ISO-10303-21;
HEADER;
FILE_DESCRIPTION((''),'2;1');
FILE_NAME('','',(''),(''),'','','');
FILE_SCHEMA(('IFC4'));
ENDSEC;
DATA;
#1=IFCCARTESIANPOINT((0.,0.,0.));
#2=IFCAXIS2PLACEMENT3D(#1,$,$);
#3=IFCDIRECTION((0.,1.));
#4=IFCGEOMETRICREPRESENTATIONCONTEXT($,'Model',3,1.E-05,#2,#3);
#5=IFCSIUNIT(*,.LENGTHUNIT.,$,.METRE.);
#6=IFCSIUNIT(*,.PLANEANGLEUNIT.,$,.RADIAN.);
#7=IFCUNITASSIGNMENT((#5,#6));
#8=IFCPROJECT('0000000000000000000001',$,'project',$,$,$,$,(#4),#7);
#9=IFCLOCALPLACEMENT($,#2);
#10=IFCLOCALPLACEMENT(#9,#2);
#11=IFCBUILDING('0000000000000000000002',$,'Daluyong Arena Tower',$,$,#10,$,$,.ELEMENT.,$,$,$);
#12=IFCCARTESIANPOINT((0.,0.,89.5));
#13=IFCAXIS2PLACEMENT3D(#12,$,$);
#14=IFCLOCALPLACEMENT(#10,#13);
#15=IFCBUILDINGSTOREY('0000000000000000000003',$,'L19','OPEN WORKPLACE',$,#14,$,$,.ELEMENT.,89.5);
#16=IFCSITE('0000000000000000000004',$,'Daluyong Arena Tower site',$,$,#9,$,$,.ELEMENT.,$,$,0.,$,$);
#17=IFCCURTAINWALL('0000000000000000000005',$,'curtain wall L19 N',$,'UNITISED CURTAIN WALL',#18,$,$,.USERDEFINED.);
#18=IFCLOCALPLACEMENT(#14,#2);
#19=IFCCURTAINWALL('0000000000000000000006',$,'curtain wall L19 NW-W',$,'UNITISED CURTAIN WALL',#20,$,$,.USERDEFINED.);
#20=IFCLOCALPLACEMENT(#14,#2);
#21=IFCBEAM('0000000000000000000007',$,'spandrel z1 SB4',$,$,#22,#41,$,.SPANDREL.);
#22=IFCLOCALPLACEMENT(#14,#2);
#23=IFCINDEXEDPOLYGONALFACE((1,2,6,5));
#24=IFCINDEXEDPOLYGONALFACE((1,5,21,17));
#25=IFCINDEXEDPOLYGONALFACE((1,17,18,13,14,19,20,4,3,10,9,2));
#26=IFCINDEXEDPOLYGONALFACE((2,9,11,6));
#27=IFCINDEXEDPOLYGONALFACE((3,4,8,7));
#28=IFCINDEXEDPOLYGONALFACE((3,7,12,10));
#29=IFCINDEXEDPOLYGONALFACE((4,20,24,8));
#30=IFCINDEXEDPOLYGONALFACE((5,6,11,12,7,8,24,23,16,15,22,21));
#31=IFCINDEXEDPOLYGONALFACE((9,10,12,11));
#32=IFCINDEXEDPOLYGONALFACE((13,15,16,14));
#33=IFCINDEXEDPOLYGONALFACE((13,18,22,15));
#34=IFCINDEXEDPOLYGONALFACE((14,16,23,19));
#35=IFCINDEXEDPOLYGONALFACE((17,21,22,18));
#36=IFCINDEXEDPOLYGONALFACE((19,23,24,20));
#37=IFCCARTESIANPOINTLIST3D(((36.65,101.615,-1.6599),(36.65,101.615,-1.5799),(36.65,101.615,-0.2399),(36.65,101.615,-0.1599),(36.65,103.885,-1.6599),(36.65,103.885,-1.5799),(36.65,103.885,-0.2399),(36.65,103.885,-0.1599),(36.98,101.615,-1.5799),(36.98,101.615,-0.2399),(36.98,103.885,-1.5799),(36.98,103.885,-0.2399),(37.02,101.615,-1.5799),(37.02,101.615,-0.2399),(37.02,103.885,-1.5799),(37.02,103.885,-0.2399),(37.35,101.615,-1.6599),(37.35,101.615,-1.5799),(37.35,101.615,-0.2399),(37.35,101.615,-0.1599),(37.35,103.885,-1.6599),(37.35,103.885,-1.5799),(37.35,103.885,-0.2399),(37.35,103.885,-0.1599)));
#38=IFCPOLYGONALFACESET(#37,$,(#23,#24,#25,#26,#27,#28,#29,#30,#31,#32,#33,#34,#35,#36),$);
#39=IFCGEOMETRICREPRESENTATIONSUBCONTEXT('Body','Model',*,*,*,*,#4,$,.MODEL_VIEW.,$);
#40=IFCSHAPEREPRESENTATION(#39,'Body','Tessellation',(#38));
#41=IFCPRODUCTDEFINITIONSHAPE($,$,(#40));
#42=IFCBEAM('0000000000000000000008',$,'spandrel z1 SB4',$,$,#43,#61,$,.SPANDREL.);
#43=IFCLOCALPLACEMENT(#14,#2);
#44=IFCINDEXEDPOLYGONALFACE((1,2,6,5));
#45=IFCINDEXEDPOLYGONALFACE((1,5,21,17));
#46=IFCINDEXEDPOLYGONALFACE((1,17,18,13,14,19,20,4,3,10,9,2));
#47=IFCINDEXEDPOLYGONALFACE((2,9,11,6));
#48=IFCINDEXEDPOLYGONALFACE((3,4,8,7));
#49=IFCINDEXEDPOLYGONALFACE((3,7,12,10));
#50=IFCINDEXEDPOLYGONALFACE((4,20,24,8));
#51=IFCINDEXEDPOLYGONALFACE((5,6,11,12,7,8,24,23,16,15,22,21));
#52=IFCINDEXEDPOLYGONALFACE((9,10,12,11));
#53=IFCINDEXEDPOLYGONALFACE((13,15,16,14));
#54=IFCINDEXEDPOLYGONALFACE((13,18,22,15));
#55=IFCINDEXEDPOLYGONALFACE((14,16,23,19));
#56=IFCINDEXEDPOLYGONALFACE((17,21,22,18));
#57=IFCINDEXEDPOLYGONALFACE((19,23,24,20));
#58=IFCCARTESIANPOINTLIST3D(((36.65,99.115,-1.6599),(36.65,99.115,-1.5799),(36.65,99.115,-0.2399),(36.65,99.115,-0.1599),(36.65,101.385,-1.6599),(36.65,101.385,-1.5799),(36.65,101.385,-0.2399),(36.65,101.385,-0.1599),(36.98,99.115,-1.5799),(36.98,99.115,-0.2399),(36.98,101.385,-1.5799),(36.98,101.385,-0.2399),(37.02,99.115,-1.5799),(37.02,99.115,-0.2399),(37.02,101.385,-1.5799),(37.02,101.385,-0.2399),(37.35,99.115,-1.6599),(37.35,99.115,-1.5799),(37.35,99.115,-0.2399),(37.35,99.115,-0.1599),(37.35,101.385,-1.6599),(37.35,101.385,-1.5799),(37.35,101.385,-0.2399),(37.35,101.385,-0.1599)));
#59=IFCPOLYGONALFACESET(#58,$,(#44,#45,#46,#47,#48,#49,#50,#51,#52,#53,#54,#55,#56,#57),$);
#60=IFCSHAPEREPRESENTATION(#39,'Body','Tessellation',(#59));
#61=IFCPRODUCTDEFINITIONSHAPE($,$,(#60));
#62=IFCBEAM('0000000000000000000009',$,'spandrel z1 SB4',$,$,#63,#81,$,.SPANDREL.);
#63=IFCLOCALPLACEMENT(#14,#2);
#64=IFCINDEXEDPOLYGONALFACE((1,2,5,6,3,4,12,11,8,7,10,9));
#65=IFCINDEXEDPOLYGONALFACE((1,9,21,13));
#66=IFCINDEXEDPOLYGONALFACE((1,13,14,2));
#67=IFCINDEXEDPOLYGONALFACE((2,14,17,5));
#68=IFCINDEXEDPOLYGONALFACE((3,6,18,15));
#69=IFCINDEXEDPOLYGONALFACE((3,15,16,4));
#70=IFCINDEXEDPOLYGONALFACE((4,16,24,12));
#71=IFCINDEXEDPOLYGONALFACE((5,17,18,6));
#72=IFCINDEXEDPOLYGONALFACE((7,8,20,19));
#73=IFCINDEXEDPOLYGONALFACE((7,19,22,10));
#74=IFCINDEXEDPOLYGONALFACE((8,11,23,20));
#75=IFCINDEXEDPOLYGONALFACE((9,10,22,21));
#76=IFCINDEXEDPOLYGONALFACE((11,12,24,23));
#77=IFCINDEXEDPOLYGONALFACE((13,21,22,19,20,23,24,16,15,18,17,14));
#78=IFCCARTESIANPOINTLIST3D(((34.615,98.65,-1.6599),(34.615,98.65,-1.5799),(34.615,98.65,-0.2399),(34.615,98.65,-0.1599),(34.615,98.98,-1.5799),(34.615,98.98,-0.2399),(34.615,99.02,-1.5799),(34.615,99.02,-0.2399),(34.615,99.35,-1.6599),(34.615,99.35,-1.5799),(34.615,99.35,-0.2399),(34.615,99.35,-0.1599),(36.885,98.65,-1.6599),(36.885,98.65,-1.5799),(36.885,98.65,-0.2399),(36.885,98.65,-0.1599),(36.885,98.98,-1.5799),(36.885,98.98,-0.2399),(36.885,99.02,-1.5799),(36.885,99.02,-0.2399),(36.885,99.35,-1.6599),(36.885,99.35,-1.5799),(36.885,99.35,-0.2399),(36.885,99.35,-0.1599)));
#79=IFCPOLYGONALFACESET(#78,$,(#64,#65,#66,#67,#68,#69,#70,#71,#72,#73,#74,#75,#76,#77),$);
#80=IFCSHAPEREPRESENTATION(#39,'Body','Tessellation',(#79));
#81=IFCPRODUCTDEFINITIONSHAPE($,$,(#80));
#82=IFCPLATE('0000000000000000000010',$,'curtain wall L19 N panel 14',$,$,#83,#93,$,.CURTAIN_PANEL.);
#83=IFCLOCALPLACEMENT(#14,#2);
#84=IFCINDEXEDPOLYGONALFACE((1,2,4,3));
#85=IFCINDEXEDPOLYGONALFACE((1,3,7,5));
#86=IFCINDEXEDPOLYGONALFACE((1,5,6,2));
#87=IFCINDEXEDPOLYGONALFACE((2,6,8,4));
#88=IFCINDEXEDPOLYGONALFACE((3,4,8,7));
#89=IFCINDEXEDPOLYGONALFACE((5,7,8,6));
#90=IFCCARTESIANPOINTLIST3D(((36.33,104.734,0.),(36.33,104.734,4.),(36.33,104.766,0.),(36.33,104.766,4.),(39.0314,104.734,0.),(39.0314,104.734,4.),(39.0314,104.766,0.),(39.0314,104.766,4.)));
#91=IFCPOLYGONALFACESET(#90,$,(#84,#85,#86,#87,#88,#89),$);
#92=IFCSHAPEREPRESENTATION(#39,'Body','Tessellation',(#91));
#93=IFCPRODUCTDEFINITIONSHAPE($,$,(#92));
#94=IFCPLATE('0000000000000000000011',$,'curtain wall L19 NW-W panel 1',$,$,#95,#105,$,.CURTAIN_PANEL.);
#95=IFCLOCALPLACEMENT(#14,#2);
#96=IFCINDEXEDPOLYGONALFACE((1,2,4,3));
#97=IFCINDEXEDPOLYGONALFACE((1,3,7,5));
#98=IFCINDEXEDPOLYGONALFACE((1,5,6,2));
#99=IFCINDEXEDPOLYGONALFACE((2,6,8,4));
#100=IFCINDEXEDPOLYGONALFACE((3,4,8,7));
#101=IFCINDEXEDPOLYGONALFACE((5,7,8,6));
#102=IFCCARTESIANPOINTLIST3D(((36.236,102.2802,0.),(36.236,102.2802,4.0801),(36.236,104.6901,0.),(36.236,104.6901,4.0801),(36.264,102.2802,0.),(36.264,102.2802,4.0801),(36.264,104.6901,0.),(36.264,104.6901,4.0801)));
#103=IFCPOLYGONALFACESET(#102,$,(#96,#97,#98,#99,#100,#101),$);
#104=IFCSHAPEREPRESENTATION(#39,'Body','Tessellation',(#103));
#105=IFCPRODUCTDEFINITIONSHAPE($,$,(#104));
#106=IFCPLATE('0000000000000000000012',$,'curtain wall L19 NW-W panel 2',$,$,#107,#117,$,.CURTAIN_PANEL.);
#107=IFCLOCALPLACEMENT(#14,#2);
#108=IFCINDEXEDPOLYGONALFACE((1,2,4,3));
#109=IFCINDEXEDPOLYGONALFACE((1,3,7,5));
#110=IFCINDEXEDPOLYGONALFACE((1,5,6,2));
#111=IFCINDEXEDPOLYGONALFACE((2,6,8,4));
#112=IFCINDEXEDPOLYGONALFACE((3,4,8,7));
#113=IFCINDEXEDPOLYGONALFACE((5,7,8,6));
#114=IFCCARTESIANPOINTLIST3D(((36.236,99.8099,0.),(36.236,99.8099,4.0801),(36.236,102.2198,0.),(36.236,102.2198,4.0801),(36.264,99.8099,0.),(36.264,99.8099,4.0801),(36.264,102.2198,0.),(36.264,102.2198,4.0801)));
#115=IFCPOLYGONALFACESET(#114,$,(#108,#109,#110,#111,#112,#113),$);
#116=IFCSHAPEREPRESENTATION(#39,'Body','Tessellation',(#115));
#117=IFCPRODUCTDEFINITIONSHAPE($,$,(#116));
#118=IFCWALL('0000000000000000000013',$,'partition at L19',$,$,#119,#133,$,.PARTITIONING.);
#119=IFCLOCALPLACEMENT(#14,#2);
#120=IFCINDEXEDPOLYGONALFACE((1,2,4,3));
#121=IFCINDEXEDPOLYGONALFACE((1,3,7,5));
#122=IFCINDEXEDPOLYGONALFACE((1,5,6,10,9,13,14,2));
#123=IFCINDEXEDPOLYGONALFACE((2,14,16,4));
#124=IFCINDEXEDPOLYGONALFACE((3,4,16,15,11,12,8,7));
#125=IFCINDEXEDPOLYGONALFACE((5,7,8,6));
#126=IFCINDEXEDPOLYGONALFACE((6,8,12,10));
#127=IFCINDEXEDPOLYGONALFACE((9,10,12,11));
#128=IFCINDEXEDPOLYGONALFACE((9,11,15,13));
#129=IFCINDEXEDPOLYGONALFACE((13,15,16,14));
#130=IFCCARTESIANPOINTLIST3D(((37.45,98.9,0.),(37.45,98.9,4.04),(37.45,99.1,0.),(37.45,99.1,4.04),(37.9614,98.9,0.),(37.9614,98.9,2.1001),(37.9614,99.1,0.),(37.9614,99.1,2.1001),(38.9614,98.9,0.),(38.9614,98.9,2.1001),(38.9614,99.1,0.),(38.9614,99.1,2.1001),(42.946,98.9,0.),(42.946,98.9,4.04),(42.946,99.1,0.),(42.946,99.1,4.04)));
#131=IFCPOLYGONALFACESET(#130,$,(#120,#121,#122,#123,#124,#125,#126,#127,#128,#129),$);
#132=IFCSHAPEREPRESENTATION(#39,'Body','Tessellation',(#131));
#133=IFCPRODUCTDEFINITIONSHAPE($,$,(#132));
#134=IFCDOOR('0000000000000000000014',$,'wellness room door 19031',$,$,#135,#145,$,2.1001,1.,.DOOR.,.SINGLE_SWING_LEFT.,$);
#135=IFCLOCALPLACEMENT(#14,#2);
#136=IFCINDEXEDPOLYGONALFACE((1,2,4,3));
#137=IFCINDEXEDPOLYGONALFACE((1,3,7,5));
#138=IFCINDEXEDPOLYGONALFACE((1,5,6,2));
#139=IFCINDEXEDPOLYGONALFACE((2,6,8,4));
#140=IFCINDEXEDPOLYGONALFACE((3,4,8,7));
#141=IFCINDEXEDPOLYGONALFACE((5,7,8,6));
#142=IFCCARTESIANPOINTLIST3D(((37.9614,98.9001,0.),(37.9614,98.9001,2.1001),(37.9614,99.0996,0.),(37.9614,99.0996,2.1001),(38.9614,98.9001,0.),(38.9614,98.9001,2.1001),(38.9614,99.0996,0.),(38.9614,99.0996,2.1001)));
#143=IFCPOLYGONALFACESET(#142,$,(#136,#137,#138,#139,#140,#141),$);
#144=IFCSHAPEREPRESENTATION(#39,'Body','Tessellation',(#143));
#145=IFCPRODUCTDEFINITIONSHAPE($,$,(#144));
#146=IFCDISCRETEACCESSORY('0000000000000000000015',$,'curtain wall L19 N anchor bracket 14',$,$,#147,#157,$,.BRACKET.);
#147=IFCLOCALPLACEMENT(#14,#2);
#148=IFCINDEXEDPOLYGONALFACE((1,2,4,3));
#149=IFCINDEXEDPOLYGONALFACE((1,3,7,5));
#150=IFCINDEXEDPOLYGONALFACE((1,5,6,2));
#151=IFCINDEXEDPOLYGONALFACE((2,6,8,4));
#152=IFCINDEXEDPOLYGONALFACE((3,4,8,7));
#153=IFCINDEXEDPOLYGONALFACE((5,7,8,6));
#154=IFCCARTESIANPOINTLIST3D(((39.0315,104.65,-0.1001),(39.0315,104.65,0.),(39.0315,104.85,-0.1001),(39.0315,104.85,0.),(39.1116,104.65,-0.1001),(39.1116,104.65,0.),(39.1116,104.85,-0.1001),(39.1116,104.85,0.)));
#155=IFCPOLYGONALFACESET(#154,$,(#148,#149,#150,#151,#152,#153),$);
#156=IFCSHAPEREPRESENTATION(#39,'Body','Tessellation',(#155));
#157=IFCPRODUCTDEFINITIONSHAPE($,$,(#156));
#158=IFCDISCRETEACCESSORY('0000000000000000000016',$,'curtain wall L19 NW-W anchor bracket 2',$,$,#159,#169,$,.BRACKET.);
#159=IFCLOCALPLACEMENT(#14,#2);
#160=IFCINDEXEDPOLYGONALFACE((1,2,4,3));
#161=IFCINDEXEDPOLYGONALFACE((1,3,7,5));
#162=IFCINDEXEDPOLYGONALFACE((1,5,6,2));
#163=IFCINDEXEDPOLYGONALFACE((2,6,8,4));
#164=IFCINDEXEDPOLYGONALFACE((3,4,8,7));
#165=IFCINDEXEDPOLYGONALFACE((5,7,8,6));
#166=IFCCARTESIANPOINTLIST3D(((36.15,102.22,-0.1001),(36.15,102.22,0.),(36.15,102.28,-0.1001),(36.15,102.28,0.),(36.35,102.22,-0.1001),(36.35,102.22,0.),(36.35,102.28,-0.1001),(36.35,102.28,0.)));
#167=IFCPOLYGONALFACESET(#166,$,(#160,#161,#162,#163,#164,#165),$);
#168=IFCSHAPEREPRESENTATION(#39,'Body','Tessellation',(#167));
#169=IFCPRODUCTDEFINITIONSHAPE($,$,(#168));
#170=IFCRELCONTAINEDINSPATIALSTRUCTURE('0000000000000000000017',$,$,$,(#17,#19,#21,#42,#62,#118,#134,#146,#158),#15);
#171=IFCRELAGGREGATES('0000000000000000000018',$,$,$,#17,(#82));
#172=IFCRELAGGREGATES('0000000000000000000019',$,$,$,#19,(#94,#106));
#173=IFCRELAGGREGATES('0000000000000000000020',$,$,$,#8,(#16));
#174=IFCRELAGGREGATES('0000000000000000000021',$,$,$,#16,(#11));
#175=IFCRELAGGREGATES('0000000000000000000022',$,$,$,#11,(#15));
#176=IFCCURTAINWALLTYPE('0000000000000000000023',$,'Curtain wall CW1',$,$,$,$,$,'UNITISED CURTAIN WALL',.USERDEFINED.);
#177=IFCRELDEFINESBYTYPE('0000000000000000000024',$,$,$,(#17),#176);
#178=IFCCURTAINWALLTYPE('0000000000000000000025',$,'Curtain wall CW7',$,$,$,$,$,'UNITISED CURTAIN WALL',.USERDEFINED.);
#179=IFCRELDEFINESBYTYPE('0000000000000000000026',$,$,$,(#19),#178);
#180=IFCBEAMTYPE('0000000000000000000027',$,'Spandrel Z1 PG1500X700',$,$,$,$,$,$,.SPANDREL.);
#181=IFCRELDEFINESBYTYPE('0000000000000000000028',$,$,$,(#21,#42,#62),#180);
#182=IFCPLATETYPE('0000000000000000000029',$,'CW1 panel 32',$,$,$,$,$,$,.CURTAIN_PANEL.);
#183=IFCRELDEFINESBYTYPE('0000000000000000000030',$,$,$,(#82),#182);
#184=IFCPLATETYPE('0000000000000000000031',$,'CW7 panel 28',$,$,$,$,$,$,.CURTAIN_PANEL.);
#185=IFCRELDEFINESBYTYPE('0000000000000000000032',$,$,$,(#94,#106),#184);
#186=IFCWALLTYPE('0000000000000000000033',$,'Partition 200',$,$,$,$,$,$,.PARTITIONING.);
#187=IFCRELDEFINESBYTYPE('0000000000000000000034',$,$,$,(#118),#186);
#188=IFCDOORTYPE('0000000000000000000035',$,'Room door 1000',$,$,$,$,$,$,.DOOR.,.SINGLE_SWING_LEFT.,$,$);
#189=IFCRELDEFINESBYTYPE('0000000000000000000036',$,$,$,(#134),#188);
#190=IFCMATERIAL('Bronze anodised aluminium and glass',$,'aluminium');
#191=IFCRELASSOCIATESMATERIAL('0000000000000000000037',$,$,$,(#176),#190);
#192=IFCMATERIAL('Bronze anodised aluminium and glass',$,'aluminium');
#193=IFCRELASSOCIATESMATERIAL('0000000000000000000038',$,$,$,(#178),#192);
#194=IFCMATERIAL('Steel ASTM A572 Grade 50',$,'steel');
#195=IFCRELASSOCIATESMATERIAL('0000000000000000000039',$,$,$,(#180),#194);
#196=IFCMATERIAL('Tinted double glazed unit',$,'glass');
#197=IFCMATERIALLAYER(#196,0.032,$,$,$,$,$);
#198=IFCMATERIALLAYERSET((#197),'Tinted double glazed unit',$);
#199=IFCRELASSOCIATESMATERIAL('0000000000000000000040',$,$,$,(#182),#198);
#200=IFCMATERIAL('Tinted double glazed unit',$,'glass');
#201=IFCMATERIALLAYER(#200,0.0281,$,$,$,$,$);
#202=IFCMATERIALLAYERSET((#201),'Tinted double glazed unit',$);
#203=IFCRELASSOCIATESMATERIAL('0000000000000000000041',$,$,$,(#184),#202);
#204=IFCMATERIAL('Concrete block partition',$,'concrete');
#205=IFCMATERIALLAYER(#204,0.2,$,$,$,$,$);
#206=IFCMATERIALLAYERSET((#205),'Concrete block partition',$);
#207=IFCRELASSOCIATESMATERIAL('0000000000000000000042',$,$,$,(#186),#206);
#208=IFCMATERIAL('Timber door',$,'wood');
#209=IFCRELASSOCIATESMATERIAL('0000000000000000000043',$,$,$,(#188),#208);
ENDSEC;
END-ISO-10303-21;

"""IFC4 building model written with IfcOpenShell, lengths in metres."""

from ifc_helpers import new_model, si_unit, direction, frame, frame_2d, origin, origin_2d, place, context, subcontext, project, spatial, rectangle, i_section, extrude, material, layer, layer_set, material_profile, profile_set, type_object, element, fill, aggregate, save


model = new_model("IFC4")

# Units and contexts
model_context = context("Model", 3, precision=1e-05, world=origin(), true_north=direction((0.0, 1.0)))
body_context = subcontext(model_context, "Body", "Model", "MODEL_VIEW")
ifc_project = project(units=[si_unit("LENGTHUNIT", "METRE"), si_unit("PLANEANGLEUNIT", "RADIAN")], contexts=[model_context])

# Site, building, storey
site_placement = place(None, origin())
site = spatial("IfcSite", under=ifc_project, at=site_placement, Name="Daluyong Arena Tower site", CompositionType="ELEMENT", RefElevation=0.0)
building_placement = place(site_placement, origin())
building = spatial("IfcBuilding", under=site, at=building_placement, Name="Daluyong Arena Tower", CompositionType="ELEMENT")
storey_placement = place(building_placement, frame((0.0, 0.0, 89.5)))
storey = spatial("IfcBuildingStorey", under=building, at=storey_placement, Name="L19", Description="OPEN WORKPLACE", CompositionType="ELEMENT", Elevation=89.5)

# Curtain walls
ifc_material_1 = material(Name="Bronze anodised aluminium and glass", Category="aluminium")
curtain_wall_type_1 = type_object("IfcCurtainWallType", Name="Curtain wall CW1", ElementType="UNITISED CURTAIN WALL", PredefinedType="USERDEFINED", material=ifc_material_1)
curtain_wall_1_placement = place(storey_placement, origin())
curtain_wall_1 = element("IfcCurtainWall", 1, at=curtain_wall_1_placement, inside=storey, type_object=curtain_wall_type_1, Name="curtain wall L19 N", ObjectType="UNITISED CURTAIN WALL", PredefinedType="USERDEFINED")
ifc_material_2 = material(Name="Bronze anodised aluminium and glass", Category="aluminium")
curtain_wall_type_2 = type_object("IfcCurtainWallType", Name="Curtain wall CW7", ElementType="UNITISED CURTAIN WALL", PredefinedType="USERDEFINED", material=ifc_material_2)
curtain_wall_2_placement = place(storey_placement, origin())
curtain_wall_2 = element("IfcCurtainWall", 2, at=curtain_wall_2_placement, inside=storey, type_object=curtain_wall_type_2, Name="curtain wall L19 NW-W", ObjectType="UNITISED CURTAIN WALL", PredefinedType="USERDEFINED")

# Beams
ifc_material_3 = material(Name="Steel ASTM A572 Grade 50", Category="steel")
ifc_material_profile_1 = material_profile(ifc_material_3, i_section(OverallWidth=0.7, OverallDepth=1.5, WebThickness=0.04, FlangeThickness=0.08, at=origin_2d()))
ifc_profile_set_1 = profile_set([ifc_material_profile_1], Name="Steel ASTM A572 Grade 50")
beam_type_1 = type_object("IfcBeamType", Name="Spandrel Z1 PG1500X700", PredefinedType="SPANDREL", material=ifc_profile_set_1)
for number, where, z_axis, x_axis, name in (
    (3, (37.0, 103.885, -0.9099), (0.0, -1.0, 0.0), (1.0, 0.0, 0.0), "spandrel z1 SB4"),
    (4, (37.0, 101.385, -0.9099), (0.0, -1.0, 0.0), (1.0, 0.0, 0.0), "spandrel z1 SB4"),
    (5, (36.885, 99.0, -0.9099), (-1.0, 0.0, 0.0), (0.0, -1.0, 0.0), "spandrel z1 SB4"),
):
    element("IfcBeam", number, at=place(storey_placement, frame(where, z_axis=z_axis, x_axis=x_axis)), inside=storey, type_object=beam_type_1, Name=name, PredefinedType="SPANDREL", context=body_context, shape_type="SweptSolid", body=[
        extrude(i_section(OverallWidth=0.7, OverallDepth=1.5, WebThickness=0.04, FlangeThickness=0.08, at=origin_2d()), origin(), (0.0, 0.0, 1.0), 2.27),
    ])

# Plates
ifc_material_4 = material(Name="Tinted double glazed unit", Category="glass")
ifc_layer_1 = layer(ifc_material_4, 0.032)
ifc_layer_set_1 = layer_set([ifc_layer_1], Name="Tinted double glazed unit")
plate_type_1 = type_object("IfcPlateType", Name="CW1 panel 32", PredefinedType="CURTAIN_PANEL", material=ifc_layer_set_1)
plate_1_placement = place(storey_placement, frame((37.6807, 104.75, 0.0), z_axis=(0.0, 0.0, 1.0), x_axis=(-1.0, 0.0, 0.0)))
plate_1 = element("IfcPlate", 6, at=plate_1_placement, type_object=plate_type_1, Name="curtain wall L19 N panel 14", PredefinedType="CURTAIN_PANEL", context=body_context, shape_type="SweptSolid", body=[
    extrude(rectangle(XDim=2.7014, YDim=0.032, at=origin_2d()), origin(), (0.0, 0.0, 1.0), 4.0),
])
aggregate(curtain_wall_1, [plate_1])
ifc_material_5 = material(Name="Tinted double glazed unit", Category="glass")
ifc_layer_2 = layer(ifc_material_5, 0.0281)
ifc_layer_set_2 = layer_set([ifc_layer_2], Name="Tinted double glazed unit")
plate_type_2 = type_object("IfcPlateType", Name="CW7 panel 28", PredefinedType="CURTAIN_PANEL", material=ifc_layer_set_2)
plate_2_placement = place(storey_placement, frame((36.25, 103.4851, 0.0), z_axis=(0.0, 0.0, 1.0), x_axis=(0.0, -1.0, 0.0)))
plate_2 = element("IfcPlate", 7, at=plate_2_placement, type_object=plate_type_2, Name="curtain wall L19 NW-W panel 1", PredefinedType="CURTAIN_PANEL", context=body_context, shape_type="SweptSolid", body=[
    extrude(rectangle(XDim=2.4099, YDim=0.0281, at=origin_2d()), origin(), (0.0, 0.0, 1.0), 4.0801),
])
plate_3_placement = place(storey_placement, frame((36.25, 101.0149, 0.0), z_axis=(0.0, 0.0, 1.0), x_axis=(0.0, -1.0, 0.0)))
plate_3 = element("IfcPlate", 8, at=plate_3_placement, type_object=plate_type_2, Name="curtain wall L19 NW-W panel 2", PredefinedType="CURTAIN_PANEL", context=body_context, shape_type="SweptSolid", body=[
    extrude(rectangle(XDim=2.4099, YDim=0.0281, at=origin_2d()), origin(), (0.0, 0.0, 1.0), 4.0801),
])
aggregate(curtain_wall_2, [plate_2, plate_3])

# Wall, opening, door
ifc_material_6 = material(Name="Concrete block partition", Category="concrete")
ifc_layer_3 = layer(ifc_material_6, 0.2)
ifc_layer_set_3 = layer_set([ifc_layer_3], Name="Concrete block partition")
wall_type = type_object("IfcWallType", Name="Partition 200", PredefinedType="PARTITIONING", material=ifc_layer_set_3)
wall_placement = place(storey_placement, frame((37.45, 99.0, 0.0), z_axis=(0.0, 0.0, 1.0), x_axis=(1.0, 0.0, 0.0)))
wall = element("IfcWall", 9, at=wall_placement, inside=storey, type_object=wall_type, Name="partition at L19", PredefinedType="PARTITIONING", context=body_context, shape_type="SweptSolid", body=[
    extrude(rectangle(XDim=5.4961, YDim=0.2, at=frame_2d((2.748, 0.0))), origin(), (0.0, 0.0, 1.0), 4.04),
])
opening_placement = place(wall_placement, frame((0.5115, 0.0, 0.0)))
opening = element("IfcOpeningElement", 10, at=opening_placement, cuts=wall, PredefinedType="OPENING", context=body_context, shape_type="SweptSolid", body=[
    extrude(rectangle(XDim=1.0, YDim=2.1001, at=frame_2d((0.5, 1.05))), frame((0.0, 0.1099, 0.0), z_axis=(0.0, -1.0, 0.0), x_axis=(1.0, 0.0, 0.0)), (0.0, 0.0, 1.0), 0.22),
])
ifc_material_7 = material(Name="Timber door", Category="wood")
door_type = type_object("IfcDoorType", Name="Room door 1000", OperationType="SINGLE_SWING_LEFT", PredefinedType="DOOR", material=ifc_material_7)
door_placement = place(opening_placement, origin())
door = element("IfcDoor", 11, at=door_placement, inside=storey, type_object=door_type, Name="wellness room door 19031", OperationType="SINGLE_SWING_LEFT", OverallHeight=2.1001, OverallWidth=1.0, PredefinedType="DOOR", context=body_context, shape_type="SweptSolid", body=[
    extrude(rectangle(XDim=1.0, YDim=2.1001, at=frame_2d((0.5, 1.05))), frame((0.0, 0.0996, 0.0), z_axis=(0.0, -1.0, 0.0), x_axis=(1.0, 0.0, 0.0)), (0.0, 0.0, 1.0), 0.1995),
])
fill(opening, door)

# Discrete accessories
discrete_accessory_1_placement = place(storey_placement, frame((39.0715, 104.75, -0.1001), z_axis=(0.0, 0.0, 1.0), x_axis=(-1.0, 0.0, 0.0)))
element("IfcDiscreteAccessory", 12, at=discrete_accessory_1_placement, inside=storey, Name="curtain wall L19 N anchor bracket 14", PredefinedType="BRACKET", context=body_context, shape_type="SweptSolid", body=[
    extrude(rectangle(XDim=0.0801, YDim=0.2, at=origin_2d()), origin(), (0.0, 0.0, 1.0), 0.1001),
])
discrete_accessory_2_placement = place(storey_placement, frame((36.25, 102.25, -0.1001), z_axis=(0.0, 0.0, 1.0), x_axis=(0.0, -1.0, 0.0)))
element("IfcDiscreteAccessory", 13, at=discrete_accessory_2_placement, inside=storey, Name="curtain wall L19 NW-W anchor bracket 2", PredefinedType="BRACKET", context=body_context, shape_type="SweptSolid", body=[
    extrude(rectangle(XDim=0.0601, YDim=0.2, at=origin_2d()), origin(), (0.0, 0.0, 1.0), 0.1001),
])

save(model, "model.ifc")
